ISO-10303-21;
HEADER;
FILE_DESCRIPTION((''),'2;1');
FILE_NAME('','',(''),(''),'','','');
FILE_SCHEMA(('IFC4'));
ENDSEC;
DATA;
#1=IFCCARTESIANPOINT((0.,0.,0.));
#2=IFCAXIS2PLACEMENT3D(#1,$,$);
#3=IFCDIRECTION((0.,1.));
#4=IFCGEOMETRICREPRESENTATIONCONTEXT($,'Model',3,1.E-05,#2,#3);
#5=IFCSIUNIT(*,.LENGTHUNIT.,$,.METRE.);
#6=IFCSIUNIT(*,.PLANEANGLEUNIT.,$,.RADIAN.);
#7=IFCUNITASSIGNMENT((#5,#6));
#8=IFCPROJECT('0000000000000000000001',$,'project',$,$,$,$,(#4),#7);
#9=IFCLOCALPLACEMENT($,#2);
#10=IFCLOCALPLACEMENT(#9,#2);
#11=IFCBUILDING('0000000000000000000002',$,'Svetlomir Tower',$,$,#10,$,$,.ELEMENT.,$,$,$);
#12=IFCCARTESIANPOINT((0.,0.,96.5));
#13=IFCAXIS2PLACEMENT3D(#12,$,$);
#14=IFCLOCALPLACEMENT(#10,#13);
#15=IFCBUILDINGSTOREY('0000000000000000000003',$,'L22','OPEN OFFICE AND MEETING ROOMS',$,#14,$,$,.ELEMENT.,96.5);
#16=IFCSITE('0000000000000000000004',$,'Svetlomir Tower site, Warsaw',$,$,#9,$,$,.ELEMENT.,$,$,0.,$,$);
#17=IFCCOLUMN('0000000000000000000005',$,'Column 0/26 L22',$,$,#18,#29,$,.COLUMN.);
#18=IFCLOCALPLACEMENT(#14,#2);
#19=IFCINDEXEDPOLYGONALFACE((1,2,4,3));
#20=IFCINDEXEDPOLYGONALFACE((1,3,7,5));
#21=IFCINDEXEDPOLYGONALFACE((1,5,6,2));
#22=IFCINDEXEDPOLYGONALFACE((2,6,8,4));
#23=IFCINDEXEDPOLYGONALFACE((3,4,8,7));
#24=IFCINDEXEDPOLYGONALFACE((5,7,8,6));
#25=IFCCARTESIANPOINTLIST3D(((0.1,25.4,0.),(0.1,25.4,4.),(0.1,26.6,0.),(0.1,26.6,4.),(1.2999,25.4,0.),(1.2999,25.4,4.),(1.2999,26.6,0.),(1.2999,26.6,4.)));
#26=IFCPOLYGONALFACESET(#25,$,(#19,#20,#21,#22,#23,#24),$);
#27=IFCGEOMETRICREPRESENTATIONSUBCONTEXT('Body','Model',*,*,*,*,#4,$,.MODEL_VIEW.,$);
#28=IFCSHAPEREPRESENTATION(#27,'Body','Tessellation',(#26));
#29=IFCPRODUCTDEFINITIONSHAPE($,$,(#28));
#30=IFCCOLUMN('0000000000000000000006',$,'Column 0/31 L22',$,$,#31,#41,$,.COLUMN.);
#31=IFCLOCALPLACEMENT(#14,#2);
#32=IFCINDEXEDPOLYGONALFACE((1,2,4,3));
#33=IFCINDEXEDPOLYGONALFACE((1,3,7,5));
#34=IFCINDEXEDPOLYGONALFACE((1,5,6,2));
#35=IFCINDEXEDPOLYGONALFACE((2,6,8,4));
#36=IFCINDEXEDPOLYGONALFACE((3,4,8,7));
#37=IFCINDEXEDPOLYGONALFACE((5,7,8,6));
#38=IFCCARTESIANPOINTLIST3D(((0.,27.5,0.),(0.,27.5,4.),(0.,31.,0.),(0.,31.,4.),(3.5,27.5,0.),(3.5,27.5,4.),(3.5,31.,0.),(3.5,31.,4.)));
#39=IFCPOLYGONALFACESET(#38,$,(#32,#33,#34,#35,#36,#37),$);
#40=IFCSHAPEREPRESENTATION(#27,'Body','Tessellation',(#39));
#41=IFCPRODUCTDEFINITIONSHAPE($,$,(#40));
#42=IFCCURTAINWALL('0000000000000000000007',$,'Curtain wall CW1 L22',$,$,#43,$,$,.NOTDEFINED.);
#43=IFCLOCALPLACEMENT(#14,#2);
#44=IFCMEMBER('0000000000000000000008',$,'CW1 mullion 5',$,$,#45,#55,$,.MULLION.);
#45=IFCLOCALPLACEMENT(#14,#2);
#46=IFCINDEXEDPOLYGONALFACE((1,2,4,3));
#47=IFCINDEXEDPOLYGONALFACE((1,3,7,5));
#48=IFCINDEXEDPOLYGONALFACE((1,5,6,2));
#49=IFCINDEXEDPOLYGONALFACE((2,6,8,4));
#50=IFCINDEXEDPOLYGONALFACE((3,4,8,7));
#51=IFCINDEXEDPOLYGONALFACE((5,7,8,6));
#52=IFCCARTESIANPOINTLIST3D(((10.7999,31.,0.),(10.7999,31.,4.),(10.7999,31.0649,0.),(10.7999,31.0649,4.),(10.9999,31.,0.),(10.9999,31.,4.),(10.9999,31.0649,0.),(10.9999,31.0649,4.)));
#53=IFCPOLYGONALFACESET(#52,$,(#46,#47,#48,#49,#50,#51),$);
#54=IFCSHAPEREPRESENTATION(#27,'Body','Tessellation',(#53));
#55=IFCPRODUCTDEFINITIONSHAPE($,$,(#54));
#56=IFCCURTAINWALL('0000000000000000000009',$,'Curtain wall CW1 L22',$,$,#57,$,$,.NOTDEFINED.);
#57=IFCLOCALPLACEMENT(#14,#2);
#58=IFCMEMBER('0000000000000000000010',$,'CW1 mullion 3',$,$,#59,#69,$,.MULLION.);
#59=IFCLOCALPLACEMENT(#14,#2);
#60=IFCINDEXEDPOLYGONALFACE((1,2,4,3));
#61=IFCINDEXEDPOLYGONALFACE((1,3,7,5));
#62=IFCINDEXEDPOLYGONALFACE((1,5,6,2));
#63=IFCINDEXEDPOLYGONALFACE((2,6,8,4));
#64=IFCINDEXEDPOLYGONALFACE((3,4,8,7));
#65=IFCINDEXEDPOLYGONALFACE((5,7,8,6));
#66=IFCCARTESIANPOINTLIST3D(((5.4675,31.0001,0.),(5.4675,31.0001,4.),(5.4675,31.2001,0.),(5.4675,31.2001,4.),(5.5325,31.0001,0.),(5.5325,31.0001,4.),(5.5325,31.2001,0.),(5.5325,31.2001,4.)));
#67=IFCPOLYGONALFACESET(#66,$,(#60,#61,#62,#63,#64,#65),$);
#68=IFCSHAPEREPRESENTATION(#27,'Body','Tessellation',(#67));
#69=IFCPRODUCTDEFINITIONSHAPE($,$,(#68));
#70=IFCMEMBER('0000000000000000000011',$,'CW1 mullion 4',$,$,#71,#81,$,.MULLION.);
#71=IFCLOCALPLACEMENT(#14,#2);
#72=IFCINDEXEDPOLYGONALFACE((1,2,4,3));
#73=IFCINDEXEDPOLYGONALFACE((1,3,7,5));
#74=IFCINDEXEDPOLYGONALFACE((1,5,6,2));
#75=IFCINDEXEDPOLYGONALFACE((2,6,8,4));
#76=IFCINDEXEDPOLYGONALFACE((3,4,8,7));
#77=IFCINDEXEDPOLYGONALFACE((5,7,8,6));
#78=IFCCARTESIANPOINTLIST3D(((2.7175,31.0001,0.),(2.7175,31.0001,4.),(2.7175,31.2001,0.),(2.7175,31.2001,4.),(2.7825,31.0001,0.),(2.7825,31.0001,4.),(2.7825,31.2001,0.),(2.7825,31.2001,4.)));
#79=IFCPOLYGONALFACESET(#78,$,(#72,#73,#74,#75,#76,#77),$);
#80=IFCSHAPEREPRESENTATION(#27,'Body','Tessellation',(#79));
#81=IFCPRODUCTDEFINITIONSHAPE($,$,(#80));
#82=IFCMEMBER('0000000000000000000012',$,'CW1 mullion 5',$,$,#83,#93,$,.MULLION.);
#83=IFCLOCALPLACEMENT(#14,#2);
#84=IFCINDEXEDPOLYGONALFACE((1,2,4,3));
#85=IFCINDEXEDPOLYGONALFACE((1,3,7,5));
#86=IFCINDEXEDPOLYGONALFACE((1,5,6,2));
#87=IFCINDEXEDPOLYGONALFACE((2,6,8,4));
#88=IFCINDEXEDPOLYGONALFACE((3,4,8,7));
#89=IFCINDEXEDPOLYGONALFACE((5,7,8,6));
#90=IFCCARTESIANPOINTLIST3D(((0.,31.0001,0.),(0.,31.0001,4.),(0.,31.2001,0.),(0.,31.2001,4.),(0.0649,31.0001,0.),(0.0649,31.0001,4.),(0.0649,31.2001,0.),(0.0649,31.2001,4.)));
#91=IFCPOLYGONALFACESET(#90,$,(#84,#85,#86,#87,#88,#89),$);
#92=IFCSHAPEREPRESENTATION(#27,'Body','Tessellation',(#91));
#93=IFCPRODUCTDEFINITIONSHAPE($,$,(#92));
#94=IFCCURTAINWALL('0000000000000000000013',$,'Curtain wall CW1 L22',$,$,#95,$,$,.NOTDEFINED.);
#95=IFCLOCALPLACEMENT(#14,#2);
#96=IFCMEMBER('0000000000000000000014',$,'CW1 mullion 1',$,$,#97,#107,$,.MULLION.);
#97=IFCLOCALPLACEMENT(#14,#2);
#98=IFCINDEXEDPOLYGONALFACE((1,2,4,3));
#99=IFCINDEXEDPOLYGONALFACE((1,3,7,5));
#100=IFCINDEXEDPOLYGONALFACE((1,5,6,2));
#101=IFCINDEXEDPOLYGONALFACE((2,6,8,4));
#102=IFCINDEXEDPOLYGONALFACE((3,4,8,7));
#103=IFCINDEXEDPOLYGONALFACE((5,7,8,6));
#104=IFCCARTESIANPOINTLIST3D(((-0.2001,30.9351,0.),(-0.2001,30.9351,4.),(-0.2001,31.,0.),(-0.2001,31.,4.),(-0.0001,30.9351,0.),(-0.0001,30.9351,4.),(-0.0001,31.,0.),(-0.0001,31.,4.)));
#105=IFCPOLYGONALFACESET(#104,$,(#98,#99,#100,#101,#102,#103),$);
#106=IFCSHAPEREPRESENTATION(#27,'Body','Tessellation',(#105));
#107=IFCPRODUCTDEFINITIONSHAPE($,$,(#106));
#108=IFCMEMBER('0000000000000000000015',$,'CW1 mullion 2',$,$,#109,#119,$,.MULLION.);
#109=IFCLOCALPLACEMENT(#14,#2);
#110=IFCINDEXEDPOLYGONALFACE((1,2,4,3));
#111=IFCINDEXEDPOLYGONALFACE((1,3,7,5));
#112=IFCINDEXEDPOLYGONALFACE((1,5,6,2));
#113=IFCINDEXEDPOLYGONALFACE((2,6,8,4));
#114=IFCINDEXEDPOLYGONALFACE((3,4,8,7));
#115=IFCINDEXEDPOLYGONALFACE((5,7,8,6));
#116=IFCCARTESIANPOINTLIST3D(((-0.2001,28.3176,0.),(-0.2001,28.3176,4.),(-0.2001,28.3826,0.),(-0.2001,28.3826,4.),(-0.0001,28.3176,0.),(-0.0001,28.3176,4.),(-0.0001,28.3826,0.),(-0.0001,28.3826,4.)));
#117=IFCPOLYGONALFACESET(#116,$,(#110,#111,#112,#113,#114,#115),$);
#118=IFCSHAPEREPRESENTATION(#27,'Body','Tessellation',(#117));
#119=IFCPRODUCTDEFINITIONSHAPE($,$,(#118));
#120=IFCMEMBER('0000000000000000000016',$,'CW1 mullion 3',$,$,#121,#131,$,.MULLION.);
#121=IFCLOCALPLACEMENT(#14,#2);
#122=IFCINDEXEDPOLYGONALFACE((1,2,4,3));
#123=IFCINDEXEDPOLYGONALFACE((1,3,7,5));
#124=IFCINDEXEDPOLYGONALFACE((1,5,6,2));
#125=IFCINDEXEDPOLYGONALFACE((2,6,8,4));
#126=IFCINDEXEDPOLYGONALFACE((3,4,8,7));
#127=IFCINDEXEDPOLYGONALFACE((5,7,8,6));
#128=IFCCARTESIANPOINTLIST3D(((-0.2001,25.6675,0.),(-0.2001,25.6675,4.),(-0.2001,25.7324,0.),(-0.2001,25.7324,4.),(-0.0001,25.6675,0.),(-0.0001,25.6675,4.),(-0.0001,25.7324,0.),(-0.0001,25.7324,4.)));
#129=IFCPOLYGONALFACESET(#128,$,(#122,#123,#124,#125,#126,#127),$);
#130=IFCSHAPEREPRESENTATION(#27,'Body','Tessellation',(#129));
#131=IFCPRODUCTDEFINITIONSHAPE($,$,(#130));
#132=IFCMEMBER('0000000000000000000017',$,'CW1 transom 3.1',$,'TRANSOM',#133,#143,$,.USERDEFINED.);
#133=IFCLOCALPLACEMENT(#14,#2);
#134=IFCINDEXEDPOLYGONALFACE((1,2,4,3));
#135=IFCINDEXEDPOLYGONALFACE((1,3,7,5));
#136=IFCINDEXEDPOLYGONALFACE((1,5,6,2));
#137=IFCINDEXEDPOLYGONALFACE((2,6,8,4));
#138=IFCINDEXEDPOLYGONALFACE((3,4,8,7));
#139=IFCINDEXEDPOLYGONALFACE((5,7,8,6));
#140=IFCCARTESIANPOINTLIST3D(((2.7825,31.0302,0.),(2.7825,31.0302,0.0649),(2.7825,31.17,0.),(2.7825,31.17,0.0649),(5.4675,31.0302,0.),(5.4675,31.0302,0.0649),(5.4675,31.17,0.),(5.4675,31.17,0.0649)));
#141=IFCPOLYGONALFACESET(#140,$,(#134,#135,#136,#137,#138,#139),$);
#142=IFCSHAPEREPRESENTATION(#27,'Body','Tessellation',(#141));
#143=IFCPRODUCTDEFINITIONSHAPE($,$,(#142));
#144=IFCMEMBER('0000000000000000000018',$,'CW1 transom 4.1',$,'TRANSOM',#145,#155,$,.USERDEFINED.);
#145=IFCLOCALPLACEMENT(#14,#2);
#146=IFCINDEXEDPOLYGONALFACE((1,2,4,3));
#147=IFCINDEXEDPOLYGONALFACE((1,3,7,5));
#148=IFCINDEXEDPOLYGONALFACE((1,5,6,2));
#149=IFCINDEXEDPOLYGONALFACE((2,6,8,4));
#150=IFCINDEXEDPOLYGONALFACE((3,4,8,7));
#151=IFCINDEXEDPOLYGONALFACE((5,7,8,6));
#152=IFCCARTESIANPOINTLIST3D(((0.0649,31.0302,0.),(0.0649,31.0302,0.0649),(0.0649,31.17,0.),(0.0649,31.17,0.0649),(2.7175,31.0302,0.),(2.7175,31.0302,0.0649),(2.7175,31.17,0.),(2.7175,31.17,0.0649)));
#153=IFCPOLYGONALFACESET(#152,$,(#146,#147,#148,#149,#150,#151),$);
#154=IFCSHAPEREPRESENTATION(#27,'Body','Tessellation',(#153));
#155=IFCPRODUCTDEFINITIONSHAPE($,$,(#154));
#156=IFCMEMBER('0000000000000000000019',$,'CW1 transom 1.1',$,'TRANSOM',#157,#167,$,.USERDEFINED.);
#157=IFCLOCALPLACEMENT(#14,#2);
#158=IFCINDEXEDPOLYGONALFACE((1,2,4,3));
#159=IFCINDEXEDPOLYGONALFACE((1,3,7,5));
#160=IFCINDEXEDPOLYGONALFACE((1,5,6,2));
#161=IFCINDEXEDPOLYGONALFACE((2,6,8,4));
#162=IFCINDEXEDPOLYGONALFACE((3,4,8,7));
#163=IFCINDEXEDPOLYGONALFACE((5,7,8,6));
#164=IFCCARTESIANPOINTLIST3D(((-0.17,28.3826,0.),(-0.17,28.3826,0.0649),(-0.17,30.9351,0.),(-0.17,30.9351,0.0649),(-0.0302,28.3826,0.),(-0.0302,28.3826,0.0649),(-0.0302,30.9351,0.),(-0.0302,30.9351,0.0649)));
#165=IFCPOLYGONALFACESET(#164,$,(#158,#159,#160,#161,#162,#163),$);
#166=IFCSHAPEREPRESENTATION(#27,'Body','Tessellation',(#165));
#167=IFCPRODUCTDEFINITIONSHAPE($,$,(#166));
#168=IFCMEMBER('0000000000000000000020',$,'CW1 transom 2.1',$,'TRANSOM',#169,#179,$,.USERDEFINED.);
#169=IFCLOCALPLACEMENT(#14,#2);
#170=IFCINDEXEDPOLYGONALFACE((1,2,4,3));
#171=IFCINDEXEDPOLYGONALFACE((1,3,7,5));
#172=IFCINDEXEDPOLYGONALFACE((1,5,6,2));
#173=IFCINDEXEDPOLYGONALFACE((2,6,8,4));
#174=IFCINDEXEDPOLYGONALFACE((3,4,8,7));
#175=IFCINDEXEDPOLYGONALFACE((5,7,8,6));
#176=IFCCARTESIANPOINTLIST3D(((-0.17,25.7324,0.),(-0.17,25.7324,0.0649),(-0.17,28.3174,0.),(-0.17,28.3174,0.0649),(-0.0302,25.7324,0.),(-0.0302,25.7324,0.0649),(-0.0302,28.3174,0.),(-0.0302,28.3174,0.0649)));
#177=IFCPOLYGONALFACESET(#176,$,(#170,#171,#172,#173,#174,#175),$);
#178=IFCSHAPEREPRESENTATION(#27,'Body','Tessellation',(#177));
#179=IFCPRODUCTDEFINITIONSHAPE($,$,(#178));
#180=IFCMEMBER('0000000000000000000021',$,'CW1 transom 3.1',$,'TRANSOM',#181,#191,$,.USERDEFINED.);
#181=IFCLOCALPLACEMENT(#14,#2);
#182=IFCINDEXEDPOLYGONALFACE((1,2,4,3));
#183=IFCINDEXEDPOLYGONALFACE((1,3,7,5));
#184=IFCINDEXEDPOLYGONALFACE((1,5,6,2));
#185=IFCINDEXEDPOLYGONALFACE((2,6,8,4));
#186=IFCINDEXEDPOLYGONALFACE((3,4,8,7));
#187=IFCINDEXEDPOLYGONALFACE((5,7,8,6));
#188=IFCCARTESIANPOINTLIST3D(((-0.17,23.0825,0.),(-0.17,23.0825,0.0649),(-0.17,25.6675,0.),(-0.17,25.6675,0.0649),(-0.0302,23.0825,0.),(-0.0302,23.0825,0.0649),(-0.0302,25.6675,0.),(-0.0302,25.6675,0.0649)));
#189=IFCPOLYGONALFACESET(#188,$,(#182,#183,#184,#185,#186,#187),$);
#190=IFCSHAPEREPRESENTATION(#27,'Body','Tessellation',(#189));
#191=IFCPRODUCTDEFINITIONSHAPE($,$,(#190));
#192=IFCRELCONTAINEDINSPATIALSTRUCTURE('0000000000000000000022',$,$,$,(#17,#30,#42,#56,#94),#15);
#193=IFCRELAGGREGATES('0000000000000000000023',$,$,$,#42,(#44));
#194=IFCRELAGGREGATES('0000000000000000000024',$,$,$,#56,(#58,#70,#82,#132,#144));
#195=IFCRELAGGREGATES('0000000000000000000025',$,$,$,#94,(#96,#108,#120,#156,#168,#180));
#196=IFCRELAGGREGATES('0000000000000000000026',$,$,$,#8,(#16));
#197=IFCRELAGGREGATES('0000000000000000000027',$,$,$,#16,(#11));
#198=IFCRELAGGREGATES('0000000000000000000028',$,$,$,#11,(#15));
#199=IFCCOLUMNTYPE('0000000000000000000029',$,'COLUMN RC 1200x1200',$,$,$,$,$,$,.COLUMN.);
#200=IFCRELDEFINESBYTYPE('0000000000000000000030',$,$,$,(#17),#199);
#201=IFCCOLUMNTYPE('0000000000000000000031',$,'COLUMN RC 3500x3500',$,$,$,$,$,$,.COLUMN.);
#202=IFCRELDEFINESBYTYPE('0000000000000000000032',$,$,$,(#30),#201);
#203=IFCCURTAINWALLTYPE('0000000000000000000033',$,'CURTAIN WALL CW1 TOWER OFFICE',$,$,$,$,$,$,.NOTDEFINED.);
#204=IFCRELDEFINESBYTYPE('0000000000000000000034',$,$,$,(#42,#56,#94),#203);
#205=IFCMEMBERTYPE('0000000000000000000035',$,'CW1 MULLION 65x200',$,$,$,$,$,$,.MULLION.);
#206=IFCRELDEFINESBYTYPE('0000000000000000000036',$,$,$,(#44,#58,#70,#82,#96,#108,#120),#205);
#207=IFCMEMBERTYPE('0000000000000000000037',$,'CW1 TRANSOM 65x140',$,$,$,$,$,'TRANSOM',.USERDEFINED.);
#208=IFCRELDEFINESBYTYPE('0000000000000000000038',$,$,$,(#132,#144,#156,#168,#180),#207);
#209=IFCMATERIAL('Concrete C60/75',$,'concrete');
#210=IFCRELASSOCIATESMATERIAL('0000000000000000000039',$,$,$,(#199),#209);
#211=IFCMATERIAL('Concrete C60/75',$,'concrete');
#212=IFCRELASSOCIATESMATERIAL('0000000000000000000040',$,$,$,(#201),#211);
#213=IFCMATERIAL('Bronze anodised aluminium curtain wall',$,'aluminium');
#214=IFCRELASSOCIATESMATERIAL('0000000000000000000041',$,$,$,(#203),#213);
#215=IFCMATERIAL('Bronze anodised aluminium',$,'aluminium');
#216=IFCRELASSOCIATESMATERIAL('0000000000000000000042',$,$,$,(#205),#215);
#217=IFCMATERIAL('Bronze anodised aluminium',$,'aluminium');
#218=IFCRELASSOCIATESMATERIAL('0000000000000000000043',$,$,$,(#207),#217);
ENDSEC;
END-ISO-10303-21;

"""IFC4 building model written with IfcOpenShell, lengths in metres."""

from ifc_helpers import new_model, si_unit, direction, frame, origin, origin_2d, place, context, subcontext, project, spatial, rectangle, extrude, material, material_profile, profile_set, type_object, element, aggregate, save


model = new_model("IFC4")

# Units and contexts
model_context = context("Model", 3, precision=1e-05, world=origin(), true_north=direction((0.0, 1.0)))
body_context = subcontext(model_context, "Body", "Model", "MODEL_VIEW")
ifc_project = project(units=[si_unit("LENGTHUNIT", "METRE"), si_unit("PLANEANGLEUNIT", "RADIAN")], contexts=[model_context])

# Site, building, storey
site_placement = place(None, origin())
site = spatial("IfcSite", under=ifc_project, at=site_placement, Name="Svetlomir Tower site, Warsaw", CompositionType="ELEMENT", RefElevation=0.0)
building_placement = place(site_placement, origin())
building = spatial("IfcBuilding", under=site, at=building_placement, Name="Svetlomir Tower", CompositionType="ELEMENT")
storey_placement = place(building_placement, frame((0.0, 0.0, 96.5)))
storey = spatial("IfcBuildingStorey", under=building, at=storey_placement, Name="L22", Description="OPEN OFFICE AND MEETING ROOMS", CompositionType="ELEMENT", Elevation=96.5)

# Columns
ifc_material_1 = material(Name="Concrete C60/75", Category="concrete")
ifc_material_profile_1 = material_profile(ifc_material_1, rectangle(XDim=1.2, YDim=1.2, at=origin_2d()), Name="RC 1200x1200")
ifc_profile_set_1 = profile_set([ifc_material_profile_1], Name="Concrete C60/75")
column_type_1 = type_object("IfcColumnType", Name="COLUMN RC 1200x1200", PredefinedType="COLUMN", material=ifc_profile_set_1)
column_1_placement = place(storey_placement, frame((0.7, 26.0, 0.0), z_axis=(0.0, 0.0, 1.0), x_axis=(1.0, 0.0, 0.0)))
element("IfcColumn", 1, at=column_1_placement, inside=storey, type_object=column_type_1, Name="Column 0/26 L22", PredefinedType="COLUMN", context=body_context, shape_type="SweptSolid", body=[
    extrude(rectangle(XDim=1.2, YDim=1.2, at=origin_2d()), origin(), (0.0, 0.0, 1.0), 4.0),
])
ifc_material_2 = material(Name="Concrete C60/75", Category="concrete")
ifc_material_profile_2 = material_profile(ifc_material_2, rectangle(XDim=3.5, YDim=3.5, at=origin_2d()), Name="RC 3500x3500")
ifc_profile_set_2 = profile_set([ifc_material_profile_2], Name="Concrete C60/75")
column_type_2 = type_object("IfcColumnType", Name="COLUMN RC 3500x3500", PredefinedType="COLUMN", material=ifc_profile_set_2)
column_2_placement = place(storey_placement, frame((1.75, 29.25, 0.0), z_axis=(0.0, 0.0, 1.0), x_axis=(1.0, 0.0, 0.0)))
element("IfcColumn", 2, at=column_2_placement, inside=storey, type_object=column_type_2, Name="Column 0/31 L22", PredefinedType="COLUMN", context=body_context, shape_type="SweptSolid", body=[
    extrude(rectangle(XDim=3.5, YDim=3.5, at=origin_2d()), origin(), (0.0, 0.0, 1.0), 4.0),
])

# Curtain wall, member
ifc_material_3 = material(Name="Bronze anodised aluminium curtain wall", Category="aluminium")
curtain_wall_type = type_object("IfcCurtainWallType", Name="CURTAIN WALL CW1 TOWER OFFICE", PredefinedType="NOTDEFINED", material=ifc_material_3)
curtain_wall_1_placement = place(storey_placement, origin())
curtain_wall_1 = element("IfcCurtainWall", 3, at=curtain_wall_1_placement, inside=storey, type_object=curtain_wall_type, Name="Curtain wall CW1 L22", PredefinedType="NOTDEFINED")
ifc_material_4 = material(Name="Bronze anodised aluminium", Category="aluminium")
ifc_material_profile_3 = material_profile(ifc_material_4, rectangle(XDim=0.0649, YDim=0.2, at=origin_2d()), Name="AL 65x200")
ifc_profile_set_3 = profile_set([ifc_material_profile_3], Name="Bronze anodised aluminium 6063-T6")
member_type_1 = type_object("IfcMemberType", Name="CW1 MULLION 65x200", PredefinedType="MULLION", material=ifc_profile_set_3)
member_1_placement = place(storey_placement, frame((10.8999, 31.0325, 0.0), z_axis=(0.0, 0.0, 1.0), x_axis=(0.0, -1.0, 0.0)))
member_1 = element("IfcMember", 4, at=member_1_placement, type_object=member_type_1, Name="CW1 mullion 5", PredefinedType="MULLION", context=body_context, shape_type="SweptSolid", body=[
    extrude(rectangle(XDim=0.0649, YDim=0.2, at=origin_2d()), origin(), (0.0, 0.0, 1.0), 4.0),
])
aggregate(curtain_wall_1, [member_1])

# Curtain walls, members
curtain_wall_2_placement = place(storey_placement, origin())
curtain_wall_2 = element("IfcCurtainWall", 5, at=curtain_wall_2_placement, inside=storey, type_object=curtain_wall_type, Name="Curtain wall CW1 L22", PredefinedType="NOTDEFINED")
member_2_placement = place(storey_placement, frame((5.5, 31.1001, 0.0), z_axis=(0.0, 0.0, 1.0), x_axis=(-1.0, 0.0, 0.0)))
member_2 = element("IfcMember", 6, at=member_2_placement, type_object=member_type_1, Name="CW1 mullion 3", PredefinedType="MULLION", context=body_context, shape_type="SweptSolid", body=[
    extrude(rectangle(XDim=0.0649, YDim=0.2, at=origin_2d()), origin(), (0.0, 0.0, 1.0), 4.0),
])
member_3_placement = place(storey_placement, frame((2.75, 31.1001, 0.0), z_axis=(0.0, 0.0, 1.0), x_axis=(-1.0, 0.0, 0.0)))
member_3 = element("IfcMember", 7, at=member_3_placement, type_object=member_type_1, Name="CW1 mullion 4", PredefinedType="MULLION", context=body_context, shape_type="SweptSolid", body=[
    extrude(rectangle(XDim=0.0649, YDim=0.2, at=origin_2d()), origin(), (0.0, 0.0, 1.0), 4.0),
])
member_4_placement = place(storey_placement, frame((0.0325, 31.1001, 0.0), z_axis=(0.0, 0.0, 1.0), x_axis=(-1.0, 0.0, 0.0)))
member_4 = element("IfcMember", 8, at=member_4_placement, type_object=member_type_1, Name="CW1 mullion 5", PredefinedType="MULLION", context=body_context, shape_type="SweptSolid", body=[
    extrude(rectangle(XDim=0.0649, YDim=0.2, at=origin_2d()), origin(), (0.0, 0.0, 1.0), 4.0),
])
curtain_wall_3_placement = place(storey_placement, origin())
curtain_wall_3 = element("IfcCurtainWall", 9, at=curtain_wall_3_placement, inside=storey, type_object=curtain_wall_type, Name="Curtain wall CW1 L22", PredefinedType="NOTDEFINED")
member_5_placement = place(storey_placement, frame((-0.1001, 30.9675, 0.0), z_axis=(0.0, 0.0, 1.0), x_axis=(0.0, -1.0, 0.0)))
member_5 = element("IfcMember", 10, at=member_5_placement, type_object=member_type_1, Name="CW1 mullion 1", PredefinedType="MULLION", context=body_context, shape_type="SweptSolid", body=[
    extrude(rectangle(XDim=0.0649, YDim=0.2, at=origin_2d()), origin(), (0.0, 0.0, 1.0), 4.0),
])
member_6_placement = place(storey_placement, frame((-0.1001, 28.3501, 0.0), z_axis=(0.0, 0.0, 1.0), x_axis=(0.0, -1.0, 0.0)))
member_6 = element("IfcMember", 11, at=member_6_placement, type_object=member_type_1, Name="CW1 mullion 2", PredefinedType="MULLION", context=body_context, shape_type="SweptSolid", body=[
    extrude(rectangle(XDim=0.0649, YDim=0.2, at=origin_2d()), origin(), (0.0, 0.0, 1.0), 4.0),
])
member_7_placement = place(storey_placement, frame((-0.1001, 25.7, 0.0), z_axis=(0.0, 0.0, 1.0), x_axis=(0.0, -1.0, 0.0)))
member_7 = element("IfcMember", 12, at=member_7_placement, type_object=member_type_1, Name="CW1 mullion 3", PredefinedType="MULLION", context=body_context, shape_type="SweptSolid", body=[
    extrude(rectangle(XDim=0.0649, YDim=0.2, at=origin_2d()), origin(), (0.0, 0.0, 1.0), 4.0),
])

# Members
ifc_material_5 = material(Name="Bronze anodised aluminium", Category="aluminium")
ifc_material_profile_4 = material_profile(ifc_material_5, rectangle(XDim=0.1399, YDim=0.0649, at=origin_2d()), Name="AL 140x65")
ifc_profile_set_4 = profile_set([ifc_material_profile_4], Name="Bronze anodised aluminium 6063-T6")
member_type_2 = type_object("IfcMemberType", Name="CW1 TRANSOM 65x140", ElementType="TRANSOM", PredefinedType="USERDEFINED", material=ifc_profile_set_4)
member_8_placement = place(storey_placement, frame((5.4675, 31.1001, 0.0325), z_axis=(-1.0, 0.0, 0.0), x_axis=(0.0, -1.0, 0.0)))
member_8 = element("IfcMember", 13, at=member_8_placement, type_object=member_type_2, Name="CW1 transom 3.1", ObjectType="TRANSOM", PredefinedType="USERDEFINED", context=body_context, shape_type="SweptSolid", body=[
    extrude(rectangle(XDim=0.1399, YDim=0.0649, at=origin_2d()), origin(), (0.0, 0.0, 1.0), 2.6851),
])
member_9_placement = place(storey_placement, frame((2.7175, 31.1001, 0.0325), z_axis=(-1.0, 0.0, 0.0), x_axis=(0.0, -1.0, 0.0)))
member_9 = element("IfcMember", 14, at=member_9_placement, type_object=member_type_2, Name="CW1 transom 4.1", ObjectType="TRANSOM", PredefinedType="USERDEFINED", context=body_context, shape_type="SweptSolid", body=[
    extrude(rectangle(XDim=0.1399, YDim=0.0649, at=origin_2d()), origin(), (0.0, 0.0, 1.0), 2.6526),
])
member_10_placement = place(storey_placement, frame((-0.1001, 30.9351, 0.0325), z_axis=(0.0, -1.0, 0.0), x_axis=(1.0, 0.0, 0.0)))
member_10 = element("IfcMember", 15, at=member_10_placement, type_object=member_type_2, Name="CW1 transom 1.1", ObjectType="TRANSOM", PredefinedType="USERDEFINED", context=body_context, shape_type="SweptSolid", body=[
    extrude(rectangle(XDim=0.1399, YDim=0.0649, at=origin_2d()), origin(), (0.0, 0.0, 1.0), 2.5525),
])
member_11_placement = place(storey_placement, frame((-0.1001, 28.3174, 0.0325), z_axis=(0.0, -1.0, 0.0), x_axis=(1.0, 0.0, 0.0)))
member_11 = element("IfcMember", 16, at=member_11_placement, type_object=member_type_2, Name="CW1 transom 2.1", ObjectType="TRANSOM", PredefinedType="USERDEFINED", context=body_context, shape_type="SweptSolid", body=[
    extrude(rectangle(XDim=0.1399, YDim=0.0649, at=origin_2d()), origin(), (0.0, 0.0, 1.0), 2.585),
])
member_12_placement = place(storey_placement, frame((-0.1001, 25.6675, 0.0325), z_axis=(0.0, -1.0, 0.0), x_axis=(1.0, 0.0, 0.0)))
member_12 = element("IfcMember", 17, at=member_12_placement, type_object=member_type_2, Name="CW1 transom 3.1", ObjectType="TRANSOM", PredefinedType="USERDEFINED", context=body_context, shape_type="SweptSolid", body=[
    extrude(rectangle(XDim=0.1399, YDim=0.0649, at=origin_2d()), origin(), (0.0, 0.0, 1.0), 2.585),
])

aggregate(curtain_wall_2, [member_2, member_3, member_4, member_8, member_9])
aggregate(curtain_wall_3, [member_5, member_6, member_7, member_10, member_11, member_12])

save(model, "model.ifc")
